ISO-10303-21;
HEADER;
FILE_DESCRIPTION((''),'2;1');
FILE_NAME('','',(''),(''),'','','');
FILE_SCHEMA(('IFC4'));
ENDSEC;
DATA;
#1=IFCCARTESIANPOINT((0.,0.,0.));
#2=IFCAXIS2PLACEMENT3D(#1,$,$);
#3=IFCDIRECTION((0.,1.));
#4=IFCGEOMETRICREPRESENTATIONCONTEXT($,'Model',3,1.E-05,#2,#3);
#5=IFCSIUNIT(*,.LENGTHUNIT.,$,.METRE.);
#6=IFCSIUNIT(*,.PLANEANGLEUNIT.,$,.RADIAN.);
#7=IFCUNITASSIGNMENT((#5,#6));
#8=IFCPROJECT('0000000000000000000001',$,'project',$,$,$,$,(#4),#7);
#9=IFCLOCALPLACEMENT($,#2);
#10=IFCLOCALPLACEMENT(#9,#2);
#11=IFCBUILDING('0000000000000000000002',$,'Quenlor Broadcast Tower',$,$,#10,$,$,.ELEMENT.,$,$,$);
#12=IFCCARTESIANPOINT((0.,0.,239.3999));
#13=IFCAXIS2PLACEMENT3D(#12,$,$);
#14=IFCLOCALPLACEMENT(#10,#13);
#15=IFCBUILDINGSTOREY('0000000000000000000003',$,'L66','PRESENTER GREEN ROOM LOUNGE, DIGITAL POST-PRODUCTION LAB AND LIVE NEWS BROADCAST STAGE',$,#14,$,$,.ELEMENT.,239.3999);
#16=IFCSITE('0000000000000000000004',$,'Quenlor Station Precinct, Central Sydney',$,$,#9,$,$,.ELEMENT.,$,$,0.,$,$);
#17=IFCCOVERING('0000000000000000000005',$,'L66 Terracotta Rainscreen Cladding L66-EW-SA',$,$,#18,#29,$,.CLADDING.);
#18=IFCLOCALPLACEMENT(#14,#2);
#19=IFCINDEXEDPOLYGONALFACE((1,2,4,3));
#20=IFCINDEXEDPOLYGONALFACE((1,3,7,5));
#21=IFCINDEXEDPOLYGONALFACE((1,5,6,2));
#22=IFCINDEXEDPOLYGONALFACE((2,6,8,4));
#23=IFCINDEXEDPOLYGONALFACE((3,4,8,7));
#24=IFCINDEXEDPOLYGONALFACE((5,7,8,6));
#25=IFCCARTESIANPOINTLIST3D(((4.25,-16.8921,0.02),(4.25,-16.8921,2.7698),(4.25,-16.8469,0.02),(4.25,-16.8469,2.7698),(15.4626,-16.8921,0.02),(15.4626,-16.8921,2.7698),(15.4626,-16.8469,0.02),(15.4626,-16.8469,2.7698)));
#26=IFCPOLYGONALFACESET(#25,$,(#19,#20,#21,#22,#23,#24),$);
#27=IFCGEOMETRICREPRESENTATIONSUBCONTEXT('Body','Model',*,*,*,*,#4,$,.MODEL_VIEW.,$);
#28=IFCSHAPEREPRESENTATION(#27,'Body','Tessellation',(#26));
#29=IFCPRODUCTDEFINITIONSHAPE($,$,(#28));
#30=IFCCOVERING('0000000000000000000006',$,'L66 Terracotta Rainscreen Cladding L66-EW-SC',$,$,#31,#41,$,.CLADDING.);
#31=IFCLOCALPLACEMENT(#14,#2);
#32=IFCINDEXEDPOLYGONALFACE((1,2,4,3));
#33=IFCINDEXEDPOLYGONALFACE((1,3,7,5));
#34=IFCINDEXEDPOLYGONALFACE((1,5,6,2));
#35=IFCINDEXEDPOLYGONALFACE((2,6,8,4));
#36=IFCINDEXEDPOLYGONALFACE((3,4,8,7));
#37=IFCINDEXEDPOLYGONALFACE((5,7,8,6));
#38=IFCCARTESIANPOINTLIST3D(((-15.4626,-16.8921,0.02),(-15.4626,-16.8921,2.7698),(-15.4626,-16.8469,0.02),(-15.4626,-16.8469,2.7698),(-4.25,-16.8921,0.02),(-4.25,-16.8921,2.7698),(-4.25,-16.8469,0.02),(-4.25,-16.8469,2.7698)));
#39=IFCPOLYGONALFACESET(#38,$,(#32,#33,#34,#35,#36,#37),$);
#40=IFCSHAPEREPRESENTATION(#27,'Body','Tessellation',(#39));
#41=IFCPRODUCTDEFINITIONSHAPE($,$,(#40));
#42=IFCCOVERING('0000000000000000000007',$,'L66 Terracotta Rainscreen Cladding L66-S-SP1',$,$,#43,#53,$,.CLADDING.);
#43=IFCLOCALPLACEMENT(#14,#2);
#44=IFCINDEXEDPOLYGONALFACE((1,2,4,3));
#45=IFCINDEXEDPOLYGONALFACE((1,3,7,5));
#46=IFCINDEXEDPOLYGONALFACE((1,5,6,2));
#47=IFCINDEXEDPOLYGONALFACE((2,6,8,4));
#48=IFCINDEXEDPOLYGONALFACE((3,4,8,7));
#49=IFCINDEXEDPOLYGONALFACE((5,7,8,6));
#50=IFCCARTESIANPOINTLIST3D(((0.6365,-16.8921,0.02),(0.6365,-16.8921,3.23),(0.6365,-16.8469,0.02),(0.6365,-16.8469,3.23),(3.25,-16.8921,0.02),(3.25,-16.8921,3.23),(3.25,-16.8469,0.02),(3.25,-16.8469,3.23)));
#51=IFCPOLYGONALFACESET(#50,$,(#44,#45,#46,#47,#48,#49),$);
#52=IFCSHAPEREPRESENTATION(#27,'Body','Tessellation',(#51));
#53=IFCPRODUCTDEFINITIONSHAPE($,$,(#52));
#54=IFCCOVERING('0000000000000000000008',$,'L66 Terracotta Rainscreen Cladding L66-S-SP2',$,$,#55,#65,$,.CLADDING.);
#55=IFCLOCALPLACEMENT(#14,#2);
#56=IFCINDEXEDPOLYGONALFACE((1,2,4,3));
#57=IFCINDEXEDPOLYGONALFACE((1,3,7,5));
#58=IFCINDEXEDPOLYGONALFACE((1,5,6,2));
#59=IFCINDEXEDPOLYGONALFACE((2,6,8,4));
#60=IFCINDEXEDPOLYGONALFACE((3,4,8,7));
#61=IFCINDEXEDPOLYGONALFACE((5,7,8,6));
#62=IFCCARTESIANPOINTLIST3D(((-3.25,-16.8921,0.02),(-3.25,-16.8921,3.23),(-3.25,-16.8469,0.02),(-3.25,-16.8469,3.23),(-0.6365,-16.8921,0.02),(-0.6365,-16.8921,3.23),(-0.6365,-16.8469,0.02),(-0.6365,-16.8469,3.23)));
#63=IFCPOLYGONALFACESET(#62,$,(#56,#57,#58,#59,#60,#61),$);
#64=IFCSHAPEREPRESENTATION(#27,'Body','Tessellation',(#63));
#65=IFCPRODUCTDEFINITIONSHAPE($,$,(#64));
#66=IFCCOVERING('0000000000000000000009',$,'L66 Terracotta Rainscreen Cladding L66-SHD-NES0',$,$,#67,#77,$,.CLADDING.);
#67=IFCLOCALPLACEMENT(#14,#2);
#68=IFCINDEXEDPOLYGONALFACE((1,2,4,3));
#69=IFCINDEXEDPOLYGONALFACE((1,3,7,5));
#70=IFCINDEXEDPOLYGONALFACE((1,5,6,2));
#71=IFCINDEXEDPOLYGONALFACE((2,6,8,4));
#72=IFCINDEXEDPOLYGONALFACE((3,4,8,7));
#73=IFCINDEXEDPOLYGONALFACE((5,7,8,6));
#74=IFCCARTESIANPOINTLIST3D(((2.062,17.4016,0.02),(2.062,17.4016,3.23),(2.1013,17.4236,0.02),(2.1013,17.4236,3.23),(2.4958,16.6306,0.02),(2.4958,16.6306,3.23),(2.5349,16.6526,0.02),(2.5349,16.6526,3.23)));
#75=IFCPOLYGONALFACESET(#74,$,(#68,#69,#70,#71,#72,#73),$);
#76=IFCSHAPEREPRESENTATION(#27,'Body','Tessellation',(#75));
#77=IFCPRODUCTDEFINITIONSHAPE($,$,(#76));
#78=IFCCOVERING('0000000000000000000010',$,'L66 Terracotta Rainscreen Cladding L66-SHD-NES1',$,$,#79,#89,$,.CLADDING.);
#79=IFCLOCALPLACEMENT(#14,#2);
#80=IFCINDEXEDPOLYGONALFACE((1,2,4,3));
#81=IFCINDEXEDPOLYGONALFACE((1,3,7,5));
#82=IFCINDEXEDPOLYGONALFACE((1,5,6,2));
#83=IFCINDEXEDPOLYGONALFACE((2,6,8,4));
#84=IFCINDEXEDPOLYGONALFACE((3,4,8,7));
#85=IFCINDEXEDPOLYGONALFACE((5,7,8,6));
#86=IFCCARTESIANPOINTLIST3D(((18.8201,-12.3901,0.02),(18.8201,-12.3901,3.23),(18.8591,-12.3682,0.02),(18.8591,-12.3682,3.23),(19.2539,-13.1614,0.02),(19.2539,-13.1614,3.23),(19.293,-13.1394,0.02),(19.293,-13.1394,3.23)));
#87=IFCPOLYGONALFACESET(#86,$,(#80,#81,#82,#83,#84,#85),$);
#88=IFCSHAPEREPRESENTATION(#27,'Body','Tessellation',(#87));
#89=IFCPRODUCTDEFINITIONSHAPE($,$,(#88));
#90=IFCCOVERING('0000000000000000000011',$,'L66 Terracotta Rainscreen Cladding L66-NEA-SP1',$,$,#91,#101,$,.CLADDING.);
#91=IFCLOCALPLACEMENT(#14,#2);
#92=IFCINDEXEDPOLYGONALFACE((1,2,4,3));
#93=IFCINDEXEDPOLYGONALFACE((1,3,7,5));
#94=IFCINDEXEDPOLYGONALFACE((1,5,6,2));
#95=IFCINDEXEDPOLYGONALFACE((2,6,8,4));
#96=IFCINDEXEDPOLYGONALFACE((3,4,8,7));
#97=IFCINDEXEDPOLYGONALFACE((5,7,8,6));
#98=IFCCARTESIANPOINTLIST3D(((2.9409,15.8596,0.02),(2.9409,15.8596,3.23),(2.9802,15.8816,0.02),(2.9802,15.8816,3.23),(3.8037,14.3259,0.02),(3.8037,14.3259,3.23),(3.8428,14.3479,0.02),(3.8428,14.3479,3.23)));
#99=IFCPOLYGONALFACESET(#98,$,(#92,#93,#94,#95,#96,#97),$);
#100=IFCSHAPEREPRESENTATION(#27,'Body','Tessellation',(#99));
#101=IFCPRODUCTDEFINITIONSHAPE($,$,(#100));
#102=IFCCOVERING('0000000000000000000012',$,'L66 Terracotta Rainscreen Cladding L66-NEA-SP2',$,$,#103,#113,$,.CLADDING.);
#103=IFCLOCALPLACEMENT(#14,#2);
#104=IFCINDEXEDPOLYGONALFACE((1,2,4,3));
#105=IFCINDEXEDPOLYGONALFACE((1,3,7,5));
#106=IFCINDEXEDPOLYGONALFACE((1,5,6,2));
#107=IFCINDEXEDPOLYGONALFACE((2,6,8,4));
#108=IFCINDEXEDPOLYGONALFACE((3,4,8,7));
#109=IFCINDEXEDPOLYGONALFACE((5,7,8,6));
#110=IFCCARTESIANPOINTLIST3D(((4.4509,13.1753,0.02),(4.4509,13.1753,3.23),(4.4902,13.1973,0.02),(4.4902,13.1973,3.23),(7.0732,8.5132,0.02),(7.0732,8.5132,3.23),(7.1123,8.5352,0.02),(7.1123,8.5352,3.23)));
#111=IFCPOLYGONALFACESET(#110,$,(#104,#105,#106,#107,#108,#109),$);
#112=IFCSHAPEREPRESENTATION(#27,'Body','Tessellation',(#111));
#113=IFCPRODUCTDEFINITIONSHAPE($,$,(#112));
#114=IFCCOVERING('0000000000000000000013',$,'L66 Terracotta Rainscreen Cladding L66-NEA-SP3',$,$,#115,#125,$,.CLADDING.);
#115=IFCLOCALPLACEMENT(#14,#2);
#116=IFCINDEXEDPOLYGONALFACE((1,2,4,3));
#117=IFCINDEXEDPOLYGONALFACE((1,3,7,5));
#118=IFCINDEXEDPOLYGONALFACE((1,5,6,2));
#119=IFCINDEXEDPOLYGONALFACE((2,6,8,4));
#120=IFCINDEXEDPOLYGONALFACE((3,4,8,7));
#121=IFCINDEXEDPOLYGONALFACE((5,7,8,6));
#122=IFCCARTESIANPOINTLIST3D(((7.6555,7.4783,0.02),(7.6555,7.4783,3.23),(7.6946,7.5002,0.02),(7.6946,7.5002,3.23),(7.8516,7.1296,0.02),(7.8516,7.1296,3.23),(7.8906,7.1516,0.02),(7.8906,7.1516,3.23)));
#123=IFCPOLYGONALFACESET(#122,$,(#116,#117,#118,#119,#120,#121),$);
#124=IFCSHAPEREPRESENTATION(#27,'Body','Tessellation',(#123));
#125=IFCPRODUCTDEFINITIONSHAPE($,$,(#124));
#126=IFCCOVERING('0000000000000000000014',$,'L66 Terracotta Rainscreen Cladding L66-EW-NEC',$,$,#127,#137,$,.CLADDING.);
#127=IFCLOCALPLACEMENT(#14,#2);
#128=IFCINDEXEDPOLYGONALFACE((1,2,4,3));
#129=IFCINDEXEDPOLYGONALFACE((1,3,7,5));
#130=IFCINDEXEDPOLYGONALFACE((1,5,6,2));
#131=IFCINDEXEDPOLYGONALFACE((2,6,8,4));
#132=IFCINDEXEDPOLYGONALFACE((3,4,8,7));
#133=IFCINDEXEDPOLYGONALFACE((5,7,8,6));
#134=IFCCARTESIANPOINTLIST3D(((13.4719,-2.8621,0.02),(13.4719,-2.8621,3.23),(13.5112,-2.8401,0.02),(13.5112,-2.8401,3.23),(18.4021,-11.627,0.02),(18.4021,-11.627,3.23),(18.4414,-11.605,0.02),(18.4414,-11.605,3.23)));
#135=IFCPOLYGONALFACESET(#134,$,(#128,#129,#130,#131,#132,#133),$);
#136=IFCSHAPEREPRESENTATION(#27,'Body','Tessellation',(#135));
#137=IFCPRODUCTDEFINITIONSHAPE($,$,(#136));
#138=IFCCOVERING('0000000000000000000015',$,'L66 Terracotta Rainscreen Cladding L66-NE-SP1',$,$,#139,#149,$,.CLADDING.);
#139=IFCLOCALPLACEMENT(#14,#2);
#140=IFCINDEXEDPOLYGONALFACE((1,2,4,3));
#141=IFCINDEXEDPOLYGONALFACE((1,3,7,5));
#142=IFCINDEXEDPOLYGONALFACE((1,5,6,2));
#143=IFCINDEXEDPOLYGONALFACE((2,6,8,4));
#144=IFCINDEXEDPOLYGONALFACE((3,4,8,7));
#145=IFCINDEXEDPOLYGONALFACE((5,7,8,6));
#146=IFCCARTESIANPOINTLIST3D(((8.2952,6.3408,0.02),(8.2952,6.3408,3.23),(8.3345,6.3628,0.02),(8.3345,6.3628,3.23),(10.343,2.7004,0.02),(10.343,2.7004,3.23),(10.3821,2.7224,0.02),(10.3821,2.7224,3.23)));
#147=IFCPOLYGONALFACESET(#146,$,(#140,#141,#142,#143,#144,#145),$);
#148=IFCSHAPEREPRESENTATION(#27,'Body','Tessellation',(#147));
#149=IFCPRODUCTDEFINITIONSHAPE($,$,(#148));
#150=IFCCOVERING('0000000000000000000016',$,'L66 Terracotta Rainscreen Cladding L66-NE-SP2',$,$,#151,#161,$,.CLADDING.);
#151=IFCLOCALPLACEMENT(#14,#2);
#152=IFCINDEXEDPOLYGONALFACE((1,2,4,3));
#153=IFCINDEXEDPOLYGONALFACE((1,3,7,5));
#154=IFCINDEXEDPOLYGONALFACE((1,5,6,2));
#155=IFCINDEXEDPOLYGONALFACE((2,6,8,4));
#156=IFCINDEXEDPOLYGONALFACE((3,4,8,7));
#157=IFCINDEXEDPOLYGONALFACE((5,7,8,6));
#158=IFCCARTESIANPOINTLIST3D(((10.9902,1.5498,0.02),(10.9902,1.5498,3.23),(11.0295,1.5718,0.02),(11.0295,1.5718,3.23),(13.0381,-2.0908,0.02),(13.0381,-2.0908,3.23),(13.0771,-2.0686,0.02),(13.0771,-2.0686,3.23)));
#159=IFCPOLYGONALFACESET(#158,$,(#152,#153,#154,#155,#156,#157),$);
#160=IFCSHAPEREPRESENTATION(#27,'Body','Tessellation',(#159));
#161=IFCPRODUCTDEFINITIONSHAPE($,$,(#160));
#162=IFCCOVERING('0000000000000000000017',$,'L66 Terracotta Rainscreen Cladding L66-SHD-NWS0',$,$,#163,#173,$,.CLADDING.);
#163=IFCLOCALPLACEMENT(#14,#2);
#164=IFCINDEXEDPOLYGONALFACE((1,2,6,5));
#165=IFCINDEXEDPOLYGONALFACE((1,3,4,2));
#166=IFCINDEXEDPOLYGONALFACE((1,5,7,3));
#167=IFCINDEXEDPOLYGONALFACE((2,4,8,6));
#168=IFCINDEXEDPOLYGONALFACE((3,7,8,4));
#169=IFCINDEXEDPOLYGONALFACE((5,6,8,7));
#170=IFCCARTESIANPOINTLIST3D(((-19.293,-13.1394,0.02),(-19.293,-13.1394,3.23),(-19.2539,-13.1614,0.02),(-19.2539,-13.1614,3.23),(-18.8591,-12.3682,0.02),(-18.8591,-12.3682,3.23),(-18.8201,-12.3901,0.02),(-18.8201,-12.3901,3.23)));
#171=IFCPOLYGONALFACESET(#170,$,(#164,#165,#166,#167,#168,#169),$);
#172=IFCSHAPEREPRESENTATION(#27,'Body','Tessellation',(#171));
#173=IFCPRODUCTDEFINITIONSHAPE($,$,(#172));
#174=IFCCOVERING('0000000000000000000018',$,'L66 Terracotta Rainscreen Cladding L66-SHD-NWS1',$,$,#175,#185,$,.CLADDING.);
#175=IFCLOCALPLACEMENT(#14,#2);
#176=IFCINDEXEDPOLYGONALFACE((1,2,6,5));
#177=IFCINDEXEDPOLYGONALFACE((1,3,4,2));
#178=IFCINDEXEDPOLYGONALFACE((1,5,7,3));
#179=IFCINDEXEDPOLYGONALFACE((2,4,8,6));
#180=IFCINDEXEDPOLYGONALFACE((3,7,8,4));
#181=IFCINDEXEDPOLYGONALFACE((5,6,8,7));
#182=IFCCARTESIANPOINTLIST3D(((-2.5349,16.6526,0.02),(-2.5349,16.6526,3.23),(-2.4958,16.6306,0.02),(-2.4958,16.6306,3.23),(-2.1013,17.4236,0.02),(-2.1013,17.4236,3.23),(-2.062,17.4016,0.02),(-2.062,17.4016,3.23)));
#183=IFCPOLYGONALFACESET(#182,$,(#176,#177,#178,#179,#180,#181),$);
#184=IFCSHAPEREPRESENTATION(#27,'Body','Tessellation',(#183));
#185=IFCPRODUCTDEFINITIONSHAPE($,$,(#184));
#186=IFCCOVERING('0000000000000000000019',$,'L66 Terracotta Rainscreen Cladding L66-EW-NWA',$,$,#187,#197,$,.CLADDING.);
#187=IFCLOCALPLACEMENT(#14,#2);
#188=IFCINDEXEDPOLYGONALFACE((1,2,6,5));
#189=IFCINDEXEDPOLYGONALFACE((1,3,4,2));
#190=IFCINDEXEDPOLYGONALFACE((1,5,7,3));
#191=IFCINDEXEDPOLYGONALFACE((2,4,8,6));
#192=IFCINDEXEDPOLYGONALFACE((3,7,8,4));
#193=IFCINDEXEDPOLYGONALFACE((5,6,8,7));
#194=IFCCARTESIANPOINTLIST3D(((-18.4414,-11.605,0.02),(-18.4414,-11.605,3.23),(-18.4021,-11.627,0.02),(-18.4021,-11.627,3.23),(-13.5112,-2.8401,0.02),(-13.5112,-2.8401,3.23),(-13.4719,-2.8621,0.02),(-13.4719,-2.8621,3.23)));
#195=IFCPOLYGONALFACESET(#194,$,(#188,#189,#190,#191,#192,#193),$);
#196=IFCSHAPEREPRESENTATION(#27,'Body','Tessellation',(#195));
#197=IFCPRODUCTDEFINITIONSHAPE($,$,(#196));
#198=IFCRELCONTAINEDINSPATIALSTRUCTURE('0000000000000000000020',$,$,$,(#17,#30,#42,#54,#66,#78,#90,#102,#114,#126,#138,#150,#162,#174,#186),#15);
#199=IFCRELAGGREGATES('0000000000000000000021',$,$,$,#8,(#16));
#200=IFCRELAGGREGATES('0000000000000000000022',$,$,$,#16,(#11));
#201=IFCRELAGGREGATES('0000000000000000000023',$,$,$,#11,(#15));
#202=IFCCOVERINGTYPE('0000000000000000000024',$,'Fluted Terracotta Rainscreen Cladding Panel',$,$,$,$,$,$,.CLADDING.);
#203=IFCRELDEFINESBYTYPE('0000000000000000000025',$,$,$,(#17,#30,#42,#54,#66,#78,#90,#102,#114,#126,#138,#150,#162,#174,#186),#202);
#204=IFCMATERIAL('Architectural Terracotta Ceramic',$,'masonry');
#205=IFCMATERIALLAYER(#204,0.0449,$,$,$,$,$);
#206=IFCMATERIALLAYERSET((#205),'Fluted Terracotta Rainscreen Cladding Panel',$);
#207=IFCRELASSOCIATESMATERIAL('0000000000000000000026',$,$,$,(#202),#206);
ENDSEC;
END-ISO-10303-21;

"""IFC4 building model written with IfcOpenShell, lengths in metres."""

from ifc_helpers import new_model, si_unit, direction, frame, origin, place, context, subcontext, project, spatial, polyline, outline, extrude, material, layer, layer_set, type_object, element, save


model = new_model("IFC4")

# Units and contexts
model_context = context("Model", 3, precision=1e-05, world=origin(), true_north=direction((0.0, 1.0)))
body_context = subcontext(model_context, "Body", "Model", "MODEL_VIEW")
ifc_project = project(units=[si_unit("LENGTHUNIT", "METRE"), si_unit("PLANEANGLEUNIT", "RADIAN")], contexts=[model_context])

# Site, building, storey
site_placement = place(None, origin())
site = spatial("IfcSite", under=ifc_project, at=site_placement, Name="Quenlor Station Precinct, Central Sydney", CompositionType="ELEMENT", RefElevation=0.0)
building_placement = place(site_placement, origin())
building = spatial("IfcBuilding", under=site, at=building_placement, Name="Quenlor Broadcast Tower", CompositionType="ELEMENT")
storey_placement = place(building_placement, frame((0.0, 0.0, 239.3999)))
storey = spatial("IfcBuildingStorey", under=building, at=storey_placement, Name="L66", Description="PRESENTER GREEN ROOM LOUNGE, DIGITAL POST-PRODUCTION LAB AND LIVE NEWS BROADCAST STAGE", CompositionType="ELEMENT", Elevation=239.3999)

# Coverings
ifc_material_1 = material(Name="Architectural Terracotta Ceramic", Category="masonry")
ifc_layer_1 = layer(ifc_material_1, 0.0449)
ifc_layer_set_1 = layer_set([ifc_layer_1], Name="Fluted Terracotta Rainscreen Cladding Panel")
covering_type = type_object("IfcCoveringType", Name="Fluted Terracotta Rainscreen Cladding Panel", PredefinedType="CLADDING", material=ifc_layer_set_1)
covering_1_placement = place(storey_placement, frame((0.0, 0.0, 0.02)))
element("IfcCovering", 1, at=covering_1_placement, inside=storey, type_object=covering_type, Name="L66 Terracotta Rainscreen Cladding L66-EW-SA", PredefinedType="CLADDING", context=body_context, shape_type="SweptSolid", body=[
    extrude(outline(polyline([(15.4626, -16.8469), (4.25, -16.8469), (4.25, -16.8921), (15.4626, -16.8921), (15.4626, -16.8469)])), origin(), (0.0, 0.0, 1.0), 2.7498),
])
covering_2_placement = place(storey_placement, frame((0.0, 0.0, 0.02)))
element("IfcCovering", 2, at=covering_2_placement, inside=storey, type_object=covering_type, Name="L66 Terracotta Rainscreen Cladding L66-EW-SC", PredefinedType="CLADDING", context=body_context, shape_type="SweptSolid", body=[
    extrude(outline(polyline([(-4.25, -16.8469), (-15.4626, -16.8469), (-15.4626, -16.8921), (-4.25, -16.8921), (-4.25, -16.8469)])), origin(), (0.0, 0.0, 1.0), 2.7498),
])
covering_3_placement = place(storey_placement, frame((0.0, 0.0, 0.02)))
element("IfcCovering", 3, at=covering_3_placement, inside=storey, type_object=covering_type, Name="L66 Terracotta Rainscreen Cladding L66-S-SP1", PredefinedType="CLADDING", context=body_context, shape_type="SweptSolid", body=[
    extrude(outline(polyline([(3.25, -16.8469), (0.6365, -16.8469), (0.6365, -16.8921), (3.25, -16.8921), (3.25, -16.8469)])), origin(), (0.0, 0.0, 1.0), 3.21),
])
covering_4_placement = place(storey_placement, frame((0.0, 0.0, 0.02)))
element("IfcCovering", 4, at=covering_4_placement, inside=storey, type_object=covering_type, Name="L66 Terracotta Rainscreen Cladding L66-S-SP2", PredefinedType="CLADDING", context=body_context, shape_type="SweptSolid", body=[
    extrude(outline(polyline([(-0.6365, -16.8469), (-3.25, -16.8469), (-3.25, -16.8921), (-0.6365, -16.8921), (-0.6365, -16.8469)])), origin(), (0.0, 0.0, 1.0), 3.21),
])
covering_5_placement = place(storey_placement, frame((0.0, 0.0, 0.02)))
element("IfcCovering", 5, at=covering_5_placement, inside=storey, type_object=covering_type, Name="L66 Terracotta Rainscreen Cladding L66-SHD-NES0", PredefinedType="CLADDING", context=body_context, shape_type="SweptSolid", body=[
    extrude(outline(polyline([(2.062, 17.4016), (2.4958, 16.6306), (2.5349, 16.6526), (2.1013, 17.4236), (2.062, 17.4016)])), origin(), (0.0, 0.0, 1.0), 3.21),
])
covering_6_placement = place(storey_placement, frame((0.0, 0.0, 0.02)))
element("IfcCovering", 6, at=covering_6_placement, inside=storey, type_object=covering_type, Name="L66 Terracotta Rainscreen Cladding L66-SHD-NES1", PredefinedType="CLADDING", context=body_context, shape_type="SweptSolid", body=[
    extrude(outline(polyline([(18.8201, -12.3901), (19.2539, -13.1614), (19.293, -13.1394), (18.8591, -12.3682), (18.8201, -12.3901)])), origin(), (0.0, 0.0, 1.0), 3.21),
])
covering_7_placement = place(storey_placement, frame((0.0, 0.0, 0.02)))
element("IfcCovering", 7, at=covering_7_placement, inside=storey, type_object=covering_type, Name="L66 Terracotta Rainscreen Cladding L66-NEA-SP1", PredefinedType="CLADDING", context=body_context, shape_type="SweptSolid", body=[
    extrude(outline(polyline([(2.9409, 15.8596), (3.8037, 14.3259), (3.8428, 14.3479), (2.9802, 15.8816), (2.9409, 15.8596)])), origin(), (0.0, 0.0, 1.0), 3.21),
])
covering_8_placement = place(storey_placement, frame((0.0, 0.0, 0.02)))
element("IfcCovering", 8, at=covering_8_placement, inside=storey, type_object=covering_type, Name="L66 Terracotta Rainscreen Cladding L66-NEA-SP2", PredefinedType="CLADDING", context=body_context, shape_type="SweptSolid", body=[
    extrude(outline(polyline([(4.4509, 13.1753), (7.0732, 8.5132), (7.1123, 8.5352), (4.4902, 13.1973), (4.4509, 13.1753)])), origin(), (0.0, 0.0, 1.0), 3.21),
])
covering_9_placement = place(storey_placement, frame((0.0, 0.0, 0.02)))
element("IfcCovering", 9, at=covering_9_placement, inside=storey, type_object=covering_type, Name="L66 Terracotta Rainscreen Cladding L66-NEA-SP3", PredefinedType="CLADDING", context=body_context, shape_type="SweptSolid", body=[
    extrude(outline(polyline([(7.6555, 7.4783), (7.8516, 7.1296), (7.8906, 7.1516), (7.6946, 7.5002), (7.6555, 7.4783)])), origin(), (0.0, 0.0, 1.0), 3.21),
])
covering_10_placement = place(storey_placement, frame((0.0, 0.0, 0.02)))
element("IfcCovering", 10, at=covering_10_placement, inside=storey, type_object=covering_type, Name="L66 Terracotta Rainscreen Cladding L66-EW-NEC", PredefinedType="CLADDING", context=body_context, shape_type="SweptSolid", body=[
    extrude(outline(polyline([(13.4719, -2.8621), (18.4021, -11.627), (18.4414, -11.605), (13.5112, -2.8401), (13.4719, -2.8621)])), origin(), (0.0, 0.0, 1.0), 3.21),
])
covering_11_placement = place(storey_placement, frame((0.0, 0.0, 0.02)))
element("IfcCovering", 11, at=covering_11_placement, inside=storey, type_object=covering_type, Name="L66 Terracotta Rainscreen Cladding L66-NE-SP1", PredefinedType="CLADDING", context=body_context, shape_type="SweptSolid", body=[
    extrude(outline(polyline([(8.2952, 6.3408), (10.343, 2.7004), (10.3821, 2.7224), (8.3345, 6.3628), (8.2952, 6.3408)])), origin(), (0.0, 0.0, 1.0), 3.21),
])
covering_12_placement = place(storey_placement, frame((0.0, 0.0, 0.02)))
element("IfcCovering", 12, at=covering_12_placement, inside=storey, type_object=covering_type, Name="L66 Terracotta Rainscreen Cladding L66-NE-SP2", PredefinedType="CLADDING", context=body_context, shape_type="SweptSolid", body=[
    extrude(outline(polyline([(10.9902, 1.5498), (13.0381, -2.0908), (13.0771, -2.0686), (11.0295, 1.5718), (10.9902, 1.5498)])), origin(), (0.0, 0.0, 1.0), 3.21),
])
covering_13_placement = place(storey_placement, frame((0.0, 0.0, 0.02)))
element("IfcCovering", 13, at=covering_13_placement, inside=storey, type_object=covering_type, Name="L66 Terracotta Rainscreen Cladding L66-SHD-NWS0", PredefinedType="CLADDING", context=body_context, shape_type="SweptSolid", body=[
    extrude(outline(polyline([(-19.2539, -13.1614), (-18.8201, -12.3901), (-18.8591, -12.3682), (-19.293, -13.1394), (-19.2539, -13.1614)])), origin(), (0.0, 0.0, 1.0), 3.21),
])
covering_14_placement = place(storey_placement, frame((0.0, 0.0, 0.02)))
element("IfcCovering", 14, at=covering_14_placement, inside=storey, type_object=covering_type, Name="L66 Terracotta Rainscreen Cladding L66-SHD-NWS1", PredefinedType="CLADDING", context=body_context, shape_type="SweptSolid", body=[
    extrude(outline(polyline([(-2.4958, 16.6306), (-2.062, 17.4016), (-2.1013, 17.4236), (-2.5349, 16.6526), (-2.4958, 16.6306)])), origin(), (0.0, 0.0, 1.0), 3.21),
])
covering_15_placement = place(storey_placement, frame((0.0, 0.0, 0.02)))
element("IfcCovering", 15, at=covering_15_placement, inside=storey, type_object=covering_type, Name="L66 Terracotta Rainscreen Cladding L66-EW-NWA", PredefinedType="CLADDING", context=body_context, shape_type="SweptSolid", body=[
    extrude(outline(polyline([(-18.4021, -11.627), (-13.4719, -2.8621), (-13.5112, -2.8401), (-18.4414, -11.605), (-18.4021, -11.627)])), origin(), (0.0, 0.0, 1.0), 3.21),
])

save(model, "model.ifc")
